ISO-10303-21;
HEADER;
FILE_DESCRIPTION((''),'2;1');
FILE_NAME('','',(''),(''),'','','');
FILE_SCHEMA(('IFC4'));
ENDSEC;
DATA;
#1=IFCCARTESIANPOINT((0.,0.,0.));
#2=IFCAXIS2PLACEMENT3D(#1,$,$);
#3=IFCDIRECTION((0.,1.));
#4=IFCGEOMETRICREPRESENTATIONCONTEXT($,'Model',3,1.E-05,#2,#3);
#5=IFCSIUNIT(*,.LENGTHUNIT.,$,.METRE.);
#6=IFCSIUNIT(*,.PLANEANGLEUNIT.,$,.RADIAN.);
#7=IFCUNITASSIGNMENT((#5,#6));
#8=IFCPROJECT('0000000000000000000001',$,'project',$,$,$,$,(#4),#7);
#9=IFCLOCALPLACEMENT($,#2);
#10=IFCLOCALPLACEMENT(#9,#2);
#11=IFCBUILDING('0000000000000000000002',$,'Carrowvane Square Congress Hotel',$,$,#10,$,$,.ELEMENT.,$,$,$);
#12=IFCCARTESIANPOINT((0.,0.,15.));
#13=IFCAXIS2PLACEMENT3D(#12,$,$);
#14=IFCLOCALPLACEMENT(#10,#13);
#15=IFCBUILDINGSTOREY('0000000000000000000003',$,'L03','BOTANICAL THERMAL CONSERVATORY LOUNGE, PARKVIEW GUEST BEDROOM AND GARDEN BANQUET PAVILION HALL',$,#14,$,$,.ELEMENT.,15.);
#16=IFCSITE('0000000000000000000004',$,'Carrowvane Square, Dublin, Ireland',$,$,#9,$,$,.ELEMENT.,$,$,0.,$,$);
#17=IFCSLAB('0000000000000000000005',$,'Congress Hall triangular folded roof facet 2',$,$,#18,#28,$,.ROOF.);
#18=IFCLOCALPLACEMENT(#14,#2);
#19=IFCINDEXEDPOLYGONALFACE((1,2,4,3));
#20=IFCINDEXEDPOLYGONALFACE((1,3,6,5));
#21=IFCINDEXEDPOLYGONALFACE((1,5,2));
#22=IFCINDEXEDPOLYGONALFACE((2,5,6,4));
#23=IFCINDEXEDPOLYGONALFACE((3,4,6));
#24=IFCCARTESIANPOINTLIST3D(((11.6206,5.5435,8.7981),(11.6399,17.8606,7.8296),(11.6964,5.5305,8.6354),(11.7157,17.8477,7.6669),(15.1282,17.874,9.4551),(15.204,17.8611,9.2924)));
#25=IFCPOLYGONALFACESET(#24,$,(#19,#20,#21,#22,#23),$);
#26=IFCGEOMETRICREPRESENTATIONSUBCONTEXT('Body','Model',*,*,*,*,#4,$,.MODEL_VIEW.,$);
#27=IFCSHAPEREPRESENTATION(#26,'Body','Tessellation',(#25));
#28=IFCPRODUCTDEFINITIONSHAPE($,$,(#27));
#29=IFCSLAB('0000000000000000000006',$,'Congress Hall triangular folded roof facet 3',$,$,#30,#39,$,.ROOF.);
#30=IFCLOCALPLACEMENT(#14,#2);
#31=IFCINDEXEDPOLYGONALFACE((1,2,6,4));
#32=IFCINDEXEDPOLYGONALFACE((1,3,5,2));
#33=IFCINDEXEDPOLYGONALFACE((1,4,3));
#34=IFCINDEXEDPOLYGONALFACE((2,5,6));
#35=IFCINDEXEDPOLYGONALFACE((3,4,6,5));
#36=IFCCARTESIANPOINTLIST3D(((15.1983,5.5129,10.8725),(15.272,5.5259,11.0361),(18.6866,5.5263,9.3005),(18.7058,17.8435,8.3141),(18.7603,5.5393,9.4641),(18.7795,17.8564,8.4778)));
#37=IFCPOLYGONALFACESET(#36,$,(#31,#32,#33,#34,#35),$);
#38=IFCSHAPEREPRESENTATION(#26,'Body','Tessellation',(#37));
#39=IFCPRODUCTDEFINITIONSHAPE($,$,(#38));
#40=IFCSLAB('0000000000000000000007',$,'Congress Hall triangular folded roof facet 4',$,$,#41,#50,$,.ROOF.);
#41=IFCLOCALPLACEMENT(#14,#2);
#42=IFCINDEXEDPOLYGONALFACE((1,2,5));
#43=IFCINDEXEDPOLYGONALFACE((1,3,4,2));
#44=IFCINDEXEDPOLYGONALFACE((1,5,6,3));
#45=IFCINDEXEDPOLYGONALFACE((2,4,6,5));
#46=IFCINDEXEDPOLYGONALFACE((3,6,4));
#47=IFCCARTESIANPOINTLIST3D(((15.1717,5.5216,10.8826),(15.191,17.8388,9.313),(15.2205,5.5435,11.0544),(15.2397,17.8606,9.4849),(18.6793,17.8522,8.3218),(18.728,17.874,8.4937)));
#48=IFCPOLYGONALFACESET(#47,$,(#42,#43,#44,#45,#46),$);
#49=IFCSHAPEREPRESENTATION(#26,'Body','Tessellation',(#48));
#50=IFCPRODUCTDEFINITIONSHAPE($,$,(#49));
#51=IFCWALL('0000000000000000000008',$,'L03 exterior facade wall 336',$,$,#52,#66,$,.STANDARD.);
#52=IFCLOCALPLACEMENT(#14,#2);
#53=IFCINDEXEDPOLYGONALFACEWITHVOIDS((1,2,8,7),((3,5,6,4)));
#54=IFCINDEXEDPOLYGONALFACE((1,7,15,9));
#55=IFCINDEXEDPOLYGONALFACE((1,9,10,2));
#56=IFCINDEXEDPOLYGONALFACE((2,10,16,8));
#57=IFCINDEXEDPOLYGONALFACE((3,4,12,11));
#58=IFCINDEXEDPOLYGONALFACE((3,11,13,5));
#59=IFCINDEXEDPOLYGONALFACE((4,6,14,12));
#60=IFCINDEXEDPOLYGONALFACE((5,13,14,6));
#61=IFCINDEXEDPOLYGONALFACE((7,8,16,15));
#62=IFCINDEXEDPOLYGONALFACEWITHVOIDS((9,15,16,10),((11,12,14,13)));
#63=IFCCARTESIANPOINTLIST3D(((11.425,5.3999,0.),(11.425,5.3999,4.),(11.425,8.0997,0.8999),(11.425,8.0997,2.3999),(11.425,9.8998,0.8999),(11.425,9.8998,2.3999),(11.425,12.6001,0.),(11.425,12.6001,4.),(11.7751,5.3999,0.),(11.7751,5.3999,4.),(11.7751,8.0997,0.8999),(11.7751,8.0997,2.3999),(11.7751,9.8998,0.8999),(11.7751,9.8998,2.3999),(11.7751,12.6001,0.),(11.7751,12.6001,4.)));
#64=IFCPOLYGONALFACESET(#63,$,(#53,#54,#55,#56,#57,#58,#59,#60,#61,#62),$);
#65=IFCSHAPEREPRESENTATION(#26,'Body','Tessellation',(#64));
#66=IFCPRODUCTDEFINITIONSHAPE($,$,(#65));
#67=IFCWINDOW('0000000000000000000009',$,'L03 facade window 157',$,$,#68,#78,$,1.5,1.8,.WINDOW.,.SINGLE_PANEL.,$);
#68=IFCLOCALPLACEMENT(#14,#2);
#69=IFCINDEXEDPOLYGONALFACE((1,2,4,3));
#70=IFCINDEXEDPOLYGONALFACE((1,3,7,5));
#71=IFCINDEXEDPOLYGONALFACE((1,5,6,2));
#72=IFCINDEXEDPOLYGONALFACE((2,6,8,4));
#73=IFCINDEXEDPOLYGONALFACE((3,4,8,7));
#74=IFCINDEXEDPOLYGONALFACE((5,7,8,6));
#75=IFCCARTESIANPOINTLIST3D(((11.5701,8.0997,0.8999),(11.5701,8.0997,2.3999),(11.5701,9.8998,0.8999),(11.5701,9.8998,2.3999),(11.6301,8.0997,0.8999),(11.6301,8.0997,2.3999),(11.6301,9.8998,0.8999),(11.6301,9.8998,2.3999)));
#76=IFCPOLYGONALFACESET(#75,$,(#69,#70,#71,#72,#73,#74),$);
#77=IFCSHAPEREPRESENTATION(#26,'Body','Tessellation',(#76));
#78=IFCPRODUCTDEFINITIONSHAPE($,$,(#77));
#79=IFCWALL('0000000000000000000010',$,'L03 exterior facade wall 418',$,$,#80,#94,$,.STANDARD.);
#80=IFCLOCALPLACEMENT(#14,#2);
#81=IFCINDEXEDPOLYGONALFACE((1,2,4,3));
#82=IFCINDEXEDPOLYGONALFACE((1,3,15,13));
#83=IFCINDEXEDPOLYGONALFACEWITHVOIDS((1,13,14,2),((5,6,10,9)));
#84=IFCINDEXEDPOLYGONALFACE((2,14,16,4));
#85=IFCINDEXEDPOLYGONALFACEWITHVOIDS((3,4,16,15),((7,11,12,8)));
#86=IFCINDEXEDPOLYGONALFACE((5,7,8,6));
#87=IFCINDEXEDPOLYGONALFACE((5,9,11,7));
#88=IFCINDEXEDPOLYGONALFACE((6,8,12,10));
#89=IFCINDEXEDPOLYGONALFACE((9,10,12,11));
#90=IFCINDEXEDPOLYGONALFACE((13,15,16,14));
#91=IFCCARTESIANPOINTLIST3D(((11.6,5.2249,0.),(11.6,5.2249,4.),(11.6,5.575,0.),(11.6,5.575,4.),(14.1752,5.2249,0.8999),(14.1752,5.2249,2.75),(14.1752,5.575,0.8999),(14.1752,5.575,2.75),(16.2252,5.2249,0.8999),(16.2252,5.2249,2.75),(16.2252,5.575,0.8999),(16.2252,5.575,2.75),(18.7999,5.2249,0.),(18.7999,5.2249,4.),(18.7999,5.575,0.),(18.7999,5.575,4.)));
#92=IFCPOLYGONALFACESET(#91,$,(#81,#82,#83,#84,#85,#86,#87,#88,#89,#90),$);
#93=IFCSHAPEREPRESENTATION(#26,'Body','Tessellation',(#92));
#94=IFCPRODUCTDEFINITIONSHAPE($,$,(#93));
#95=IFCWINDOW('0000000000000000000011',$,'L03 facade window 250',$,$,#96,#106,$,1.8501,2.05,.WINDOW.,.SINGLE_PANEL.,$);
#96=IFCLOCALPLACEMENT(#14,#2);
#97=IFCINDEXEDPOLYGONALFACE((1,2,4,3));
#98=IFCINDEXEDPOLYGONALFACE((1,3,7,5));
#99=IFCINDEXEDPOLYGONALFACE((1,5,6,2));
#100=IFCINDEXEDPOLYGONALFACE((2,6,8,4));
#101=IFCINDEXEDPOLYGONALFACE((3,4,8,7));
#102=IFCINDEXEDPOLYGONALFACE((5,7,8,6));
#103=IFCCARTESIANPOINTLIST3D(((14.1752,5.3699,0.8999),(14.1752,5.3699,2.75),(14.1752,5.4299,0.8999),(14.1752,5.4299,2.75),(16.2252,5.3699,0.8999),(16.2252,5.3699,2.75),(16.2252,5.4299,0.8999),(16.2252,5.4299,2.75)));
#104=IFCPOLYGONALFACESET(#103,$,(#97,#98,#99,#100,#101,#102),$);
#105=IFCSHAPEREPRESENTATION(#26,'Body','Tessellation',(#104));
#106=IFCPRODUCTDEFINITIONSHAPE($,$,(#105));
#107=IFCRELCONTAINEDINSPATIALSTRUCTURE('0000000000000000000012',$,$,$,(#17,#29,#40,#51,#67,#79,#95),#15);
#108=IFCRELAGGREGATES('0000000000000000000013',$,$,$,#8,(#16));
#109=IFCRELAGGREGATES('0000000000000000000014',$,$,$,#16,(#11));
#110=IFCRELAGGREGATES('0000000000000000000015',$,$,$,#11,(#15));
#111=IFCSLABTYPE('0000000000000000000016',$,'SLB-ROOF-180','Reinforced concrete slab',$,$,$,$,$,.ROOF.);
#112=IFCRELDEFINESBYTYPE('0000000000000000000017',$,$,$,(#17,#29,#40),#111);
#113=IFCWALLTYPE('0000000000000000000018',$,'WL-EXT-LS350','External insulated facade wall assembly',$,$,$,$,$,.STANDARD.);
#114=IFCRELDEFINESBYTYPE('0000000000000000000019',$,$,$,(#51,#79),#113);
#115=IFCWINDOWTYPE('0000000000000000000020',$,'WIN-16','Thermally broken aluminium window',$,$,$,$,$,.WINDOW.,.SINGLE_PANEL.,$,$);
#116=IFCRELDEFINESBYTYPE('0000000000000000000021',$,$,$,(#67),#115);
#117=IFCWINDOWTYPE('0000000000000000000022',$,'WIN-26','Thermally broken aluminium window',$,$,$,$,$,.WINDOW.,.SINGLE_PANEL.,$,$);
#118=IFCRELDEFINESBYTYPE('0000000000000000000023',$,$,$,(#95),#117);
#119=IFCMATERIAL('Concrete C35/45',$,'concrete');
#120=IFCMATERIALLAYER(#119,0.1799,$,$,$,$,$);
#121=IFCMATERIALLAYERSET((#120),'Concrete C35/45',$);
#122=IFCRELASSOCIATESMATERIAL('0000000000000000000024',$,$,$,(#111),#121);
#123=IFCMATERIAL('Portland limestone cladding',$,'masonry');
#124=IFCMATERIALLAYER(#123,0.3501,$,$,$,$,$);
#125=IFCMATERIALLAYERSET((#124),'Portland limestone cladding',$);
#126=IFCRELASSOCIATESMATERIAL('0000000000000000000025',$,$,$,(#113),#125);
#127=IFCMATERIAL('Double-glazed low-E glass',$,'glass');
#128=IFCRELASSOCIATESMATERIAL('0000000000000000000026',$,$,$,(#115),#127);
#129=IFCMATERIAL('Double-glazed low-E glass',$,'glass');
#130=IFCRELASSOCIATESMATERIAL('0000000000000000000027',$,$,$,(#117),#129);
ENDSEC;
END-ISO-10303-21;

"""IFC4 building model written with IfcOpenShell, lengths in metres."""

from ifc_helpers import new_model, si_unit, direction, frame, frame_2d, origin, place, context, subcontext, project, spatial, polyline, rectangle, outline, extrude, material, layer, layer_set, type_object, element, fill, save


model = new_model("IFC4")

# Units and contexts
model_context = context("Model", 3, precision=1e-05, world=origin(), true_north=direction((0.0, 1.0)))
body_context = subcontext(model_context, "Body", "Model", "MODEL_VIEW")
ifc_project = project(units=[si_unit("LENGTHUNIT", "METRE"), si_unit("PLANEANGLEUNIT", "RADIAN")], contexts=[model_context])

# Site, building, storey
site_placement = place(None, origin())
site = spatial("IfcSite", under=ifc_project, at=site_placement, Name="Carrowvane Square, Dublin, Ireland", CompositionType="ELEMENT", RefElevation=0.0)
building_placement = place(site_placement, origin())
building = spatial("IfcBuilding", under=site, at=building_placement, Name="Carrowvane Square Congress Hotel", CompositionType="ELEMENT")
storey_placement = place(building_placement, frame((0.0, 0.0, 15.0)))
storey = spatial("IfcBuildingStorey", under=building, at=storey_placement, Name="L03", Description="BOTANICAL THERMAL CONSERVATORY LOUNGE, PARKVIEW GUEST BEDROOM AND GARDEN BANQUET PAVILION HALL", CompositionType="ELEMENT", Elevation=15.0)

# Slabs
ifc_material_1 = material(Name="Concrete C35/45", Category="concrete")
ifc_layer_1 = layer(ifc_material_1, 0.1799)
ifc_layer_set_1 = layer_set([ifc_layer_1], Name="Concrete C35/45")
slab_type = type_object("IfcSlabType", Name="SLB-ROOF-180", Description="Reinforced concrete slab", PredefinedType="ROOF", material=ifc_layer_set_1)
slab_1_placement = place(storey_placement, frame((11.6206, 5.5435, 8.7981), z_axis=(-0.421517, 0.071741, 0.903978), x_axis=(0.273248, 0.960581, 0.051181)))
element("IfcSlab", 1, at=slab_1_placement, inside=storey, type_object=slab_type, Name="Congress Hall triangular folded roof facet 2", PredefinedType="ROOF", context=body_context, shape_type="SweptSolid", body=[
    extrude(outline(polyline([(0.0, 0.0), (12.8366, 0.0), (11.7873, 3.7026), (0.0, 0.0)])), origin(), (0.0, 0.0, -1.0), 0.1799),
])
slab_2_placement = place(storey_placement, frame((15.272, 5.5259, 11.0361), z_axis=(0.409561, 0.072183, 0.909423), x_axis=(0.911691, 0.003509, -0.410861)))
element("IfcSlab", 2, at=slab_2_placement, inside=storey, type_object=slab_type, Name="Congress Hall triangular folded roof facet 3", PredefinedType="ROOF", context=body_context, shape_type="SweptSolid", body=[
    extrude(outline(polyline([(0.0, 0.0), (3.8262, 0.0), (4.2922, 12.3478), (0.0, 0.0)])), origin(), (0.0, 0.0, -1.0), 0.1799),
])
slab_3_placement = place(storey_placement, frame((15.2205, 5.5435, 11.0544), z_axis=(0.270885, 0.121265, 0.954943), x_axis=(0.268306, 0.943208, -0.195884)))
element("IfcSlab", 3, at=slab_3_placement, inside=storey, type_object=slab_type, Name="Congress Hall triangular folded roof facet 4", PredefinedType="ROOF", context=body_context, shape_type="SweptSolid", body=[
    extrude(outline(polyline([(0.0, 0.0), (13.073, 0.0), (11.9303, 3.4416), (0.0, 0.0)])), origin(), (0.0, 0.0, -1.0), 0.1799),
])

# Walls, openings, windows
ifc_material_2 = material(Name="Portland limestone cladding", Category="masonry")
ifc_layer_2 = layer(ifc_material_2, 0.3501)
ifc_layer_set_2 = layer_set([ifc_layer_2], Name="Portland limestone cladding")
wall_type = type_object("IfcWallType", Name="WL-EXT-LS350", Description="External insulated facade wall assembly", PredefinedType="STANDARD", material=ifc_layer_set_2)
wall_1_placement = place(storey_placement, frame((11.6001, 5.3999, 0.0), z_axis=(0.0, 0.0, 1.0), x_axis=(0.0, 1.0, 0.0)))
wall_1 = element("IfcWall", 4, at=wall_1_placement, inside=storey, type_object=wall_type, Name="L03 exterior facade wall 336", PredefinedType="STANDARD", context=body_context, shape_type="SweptSolid", body=[
    extrude(rectangle(XDim=7.2002, YDim=0.3501, at=frame_2d((3.6001, 0.0))), origin(), (0.0, 0.0, 1.0), 4.0),
])
opening_1_placement = place(wall_1_placement, frame((2.7, 0.0, 0.8999)))
opening_1 = element("IfcOpeningElement", 5, at=opening_1_placement, cuts=wall_1, PredefinedType="OPENING", context=body_context, shape_type="SweptSolid", body=[
    extrude(rectangle(XDim=1.8, YDim=1.5, at=frame_2d((0.8999, 0.75))), frame((0.0, 0.1851, 0.0), z_axis=(0.0, -1.0, 0.0), x_axis=(1.0, 0.0, 0.0)), (0.0, 0.0, 1.0), 0.3701),
])
ifc_material_3 = material(Name="Double-glazed low-E glass", Category="glass")
window_type_1 = type_object("IfcWindowType", Name="WIN-16", Description="Thermally broken aluminium window", PartitioningType="SINGLE_PANEL", PredefinedType="WINDOW", material=ifc_material_3)
window_1_placement = place(opening_1_placement, origin())
window_1 = element("IfcWindow", 6, at=window_1_placement, inside=storey, type_object=window_type_1, Name="L03 facade window 157", OverallHeight=1.5, OverallWidth=1.8, PartitioningType="SINGLE_PANEL", PredefinedType="WINDOW", context=body_context, shape_type="SweptSolid", body=[
    extrude(rectangle(XDim=1.8, YDim=1.5, at=frame_2d((0.8999, 0.75))), frame((0.0, 0.03, 0.0), z_axis=(0.0, -1.0, 0.0), x_axis=(1.0, 0.0, 0.0)), (0.0, 0.0, 1.0), 0.0601),
])
fill(opening_1, window_1)
wall_2_placement = place(storey_placement, frame((18.8, 5.3999, 0.0), z_axis=(0.0, 0.0, 1.0), x_axis=(-1.0, 0.0, 0.0)))
wall_2 = element("IfcWall", 7, at=wall_2_placement, inside=storey, type_object=wall_type, Name="L03 exterior facade wall 418", PredefinedType="STANDARD", context=body_context, shape_type="SweptSolid", body=[
    extrude(rectangle(XDim=7.2, YDim=0.3501, at=frame_2d((3.6001, 0.0))), origin(), (0.0, 0.0, 1.0), 4.0),
])
opening_2_placement = place(wall_2_placement, frame((2.575, 0.0, 0.8999)))
opening_2 = element("IfcOpeningElement", 8, at=opening_2_placement, cuts=wall_2, PredefinedType="OPENING", context=body_context, shape_type="SweptSolid", body=[
    extrude(rectangle(XDim=2.05, YDim=1.8501, at=frame_2d((1.0249, 0.925))), frame((0.0, 0.1851, 0.0), z_axis=(0.0, -1.0, 0.0), x_axis=(1.0, 0.0, 0.0)), (0.0, 0.0, 1.0), 0.3701),
])
ifc_material_4 = material(Name="Double-glazed low-E glass", Category="glass")
window_type_2 = type_object("IfcWindowType", Name="WIN-26", Description="Thermally broken aluminium window", PartitioningType="SINGLE_PANEL", PredefinedType="WINDOW", material=ifc_material_4)
window_2_placement = place(opening_2_placement, origin())
window_2 = element("IfcWindow", 9, at=window_2_placement, inside=storey, type_object=window_type_2, Name="L03 facade window 250", OverallHeight=1.8501, OverallWidth=2.05, PartitioningType="SINGLE_PANEL", PredefinedType="WINDOW", context=body_context, shape_type="SweptSolid", body=[
    extrude(rectangle(XDim=2.05, YDim=1.8501, at=frame_2d((1.0249, 0.925))), frame((0.0, 0.03, 0.0), z_axis=(0.0, -1.0, 0.0), x_axis=(1.0, 0.0, 0.0)), (0.0, 0.0, 1.0), 0.0601),
])
fill(opening_2, window_2)

save(model, "model.ifc")
